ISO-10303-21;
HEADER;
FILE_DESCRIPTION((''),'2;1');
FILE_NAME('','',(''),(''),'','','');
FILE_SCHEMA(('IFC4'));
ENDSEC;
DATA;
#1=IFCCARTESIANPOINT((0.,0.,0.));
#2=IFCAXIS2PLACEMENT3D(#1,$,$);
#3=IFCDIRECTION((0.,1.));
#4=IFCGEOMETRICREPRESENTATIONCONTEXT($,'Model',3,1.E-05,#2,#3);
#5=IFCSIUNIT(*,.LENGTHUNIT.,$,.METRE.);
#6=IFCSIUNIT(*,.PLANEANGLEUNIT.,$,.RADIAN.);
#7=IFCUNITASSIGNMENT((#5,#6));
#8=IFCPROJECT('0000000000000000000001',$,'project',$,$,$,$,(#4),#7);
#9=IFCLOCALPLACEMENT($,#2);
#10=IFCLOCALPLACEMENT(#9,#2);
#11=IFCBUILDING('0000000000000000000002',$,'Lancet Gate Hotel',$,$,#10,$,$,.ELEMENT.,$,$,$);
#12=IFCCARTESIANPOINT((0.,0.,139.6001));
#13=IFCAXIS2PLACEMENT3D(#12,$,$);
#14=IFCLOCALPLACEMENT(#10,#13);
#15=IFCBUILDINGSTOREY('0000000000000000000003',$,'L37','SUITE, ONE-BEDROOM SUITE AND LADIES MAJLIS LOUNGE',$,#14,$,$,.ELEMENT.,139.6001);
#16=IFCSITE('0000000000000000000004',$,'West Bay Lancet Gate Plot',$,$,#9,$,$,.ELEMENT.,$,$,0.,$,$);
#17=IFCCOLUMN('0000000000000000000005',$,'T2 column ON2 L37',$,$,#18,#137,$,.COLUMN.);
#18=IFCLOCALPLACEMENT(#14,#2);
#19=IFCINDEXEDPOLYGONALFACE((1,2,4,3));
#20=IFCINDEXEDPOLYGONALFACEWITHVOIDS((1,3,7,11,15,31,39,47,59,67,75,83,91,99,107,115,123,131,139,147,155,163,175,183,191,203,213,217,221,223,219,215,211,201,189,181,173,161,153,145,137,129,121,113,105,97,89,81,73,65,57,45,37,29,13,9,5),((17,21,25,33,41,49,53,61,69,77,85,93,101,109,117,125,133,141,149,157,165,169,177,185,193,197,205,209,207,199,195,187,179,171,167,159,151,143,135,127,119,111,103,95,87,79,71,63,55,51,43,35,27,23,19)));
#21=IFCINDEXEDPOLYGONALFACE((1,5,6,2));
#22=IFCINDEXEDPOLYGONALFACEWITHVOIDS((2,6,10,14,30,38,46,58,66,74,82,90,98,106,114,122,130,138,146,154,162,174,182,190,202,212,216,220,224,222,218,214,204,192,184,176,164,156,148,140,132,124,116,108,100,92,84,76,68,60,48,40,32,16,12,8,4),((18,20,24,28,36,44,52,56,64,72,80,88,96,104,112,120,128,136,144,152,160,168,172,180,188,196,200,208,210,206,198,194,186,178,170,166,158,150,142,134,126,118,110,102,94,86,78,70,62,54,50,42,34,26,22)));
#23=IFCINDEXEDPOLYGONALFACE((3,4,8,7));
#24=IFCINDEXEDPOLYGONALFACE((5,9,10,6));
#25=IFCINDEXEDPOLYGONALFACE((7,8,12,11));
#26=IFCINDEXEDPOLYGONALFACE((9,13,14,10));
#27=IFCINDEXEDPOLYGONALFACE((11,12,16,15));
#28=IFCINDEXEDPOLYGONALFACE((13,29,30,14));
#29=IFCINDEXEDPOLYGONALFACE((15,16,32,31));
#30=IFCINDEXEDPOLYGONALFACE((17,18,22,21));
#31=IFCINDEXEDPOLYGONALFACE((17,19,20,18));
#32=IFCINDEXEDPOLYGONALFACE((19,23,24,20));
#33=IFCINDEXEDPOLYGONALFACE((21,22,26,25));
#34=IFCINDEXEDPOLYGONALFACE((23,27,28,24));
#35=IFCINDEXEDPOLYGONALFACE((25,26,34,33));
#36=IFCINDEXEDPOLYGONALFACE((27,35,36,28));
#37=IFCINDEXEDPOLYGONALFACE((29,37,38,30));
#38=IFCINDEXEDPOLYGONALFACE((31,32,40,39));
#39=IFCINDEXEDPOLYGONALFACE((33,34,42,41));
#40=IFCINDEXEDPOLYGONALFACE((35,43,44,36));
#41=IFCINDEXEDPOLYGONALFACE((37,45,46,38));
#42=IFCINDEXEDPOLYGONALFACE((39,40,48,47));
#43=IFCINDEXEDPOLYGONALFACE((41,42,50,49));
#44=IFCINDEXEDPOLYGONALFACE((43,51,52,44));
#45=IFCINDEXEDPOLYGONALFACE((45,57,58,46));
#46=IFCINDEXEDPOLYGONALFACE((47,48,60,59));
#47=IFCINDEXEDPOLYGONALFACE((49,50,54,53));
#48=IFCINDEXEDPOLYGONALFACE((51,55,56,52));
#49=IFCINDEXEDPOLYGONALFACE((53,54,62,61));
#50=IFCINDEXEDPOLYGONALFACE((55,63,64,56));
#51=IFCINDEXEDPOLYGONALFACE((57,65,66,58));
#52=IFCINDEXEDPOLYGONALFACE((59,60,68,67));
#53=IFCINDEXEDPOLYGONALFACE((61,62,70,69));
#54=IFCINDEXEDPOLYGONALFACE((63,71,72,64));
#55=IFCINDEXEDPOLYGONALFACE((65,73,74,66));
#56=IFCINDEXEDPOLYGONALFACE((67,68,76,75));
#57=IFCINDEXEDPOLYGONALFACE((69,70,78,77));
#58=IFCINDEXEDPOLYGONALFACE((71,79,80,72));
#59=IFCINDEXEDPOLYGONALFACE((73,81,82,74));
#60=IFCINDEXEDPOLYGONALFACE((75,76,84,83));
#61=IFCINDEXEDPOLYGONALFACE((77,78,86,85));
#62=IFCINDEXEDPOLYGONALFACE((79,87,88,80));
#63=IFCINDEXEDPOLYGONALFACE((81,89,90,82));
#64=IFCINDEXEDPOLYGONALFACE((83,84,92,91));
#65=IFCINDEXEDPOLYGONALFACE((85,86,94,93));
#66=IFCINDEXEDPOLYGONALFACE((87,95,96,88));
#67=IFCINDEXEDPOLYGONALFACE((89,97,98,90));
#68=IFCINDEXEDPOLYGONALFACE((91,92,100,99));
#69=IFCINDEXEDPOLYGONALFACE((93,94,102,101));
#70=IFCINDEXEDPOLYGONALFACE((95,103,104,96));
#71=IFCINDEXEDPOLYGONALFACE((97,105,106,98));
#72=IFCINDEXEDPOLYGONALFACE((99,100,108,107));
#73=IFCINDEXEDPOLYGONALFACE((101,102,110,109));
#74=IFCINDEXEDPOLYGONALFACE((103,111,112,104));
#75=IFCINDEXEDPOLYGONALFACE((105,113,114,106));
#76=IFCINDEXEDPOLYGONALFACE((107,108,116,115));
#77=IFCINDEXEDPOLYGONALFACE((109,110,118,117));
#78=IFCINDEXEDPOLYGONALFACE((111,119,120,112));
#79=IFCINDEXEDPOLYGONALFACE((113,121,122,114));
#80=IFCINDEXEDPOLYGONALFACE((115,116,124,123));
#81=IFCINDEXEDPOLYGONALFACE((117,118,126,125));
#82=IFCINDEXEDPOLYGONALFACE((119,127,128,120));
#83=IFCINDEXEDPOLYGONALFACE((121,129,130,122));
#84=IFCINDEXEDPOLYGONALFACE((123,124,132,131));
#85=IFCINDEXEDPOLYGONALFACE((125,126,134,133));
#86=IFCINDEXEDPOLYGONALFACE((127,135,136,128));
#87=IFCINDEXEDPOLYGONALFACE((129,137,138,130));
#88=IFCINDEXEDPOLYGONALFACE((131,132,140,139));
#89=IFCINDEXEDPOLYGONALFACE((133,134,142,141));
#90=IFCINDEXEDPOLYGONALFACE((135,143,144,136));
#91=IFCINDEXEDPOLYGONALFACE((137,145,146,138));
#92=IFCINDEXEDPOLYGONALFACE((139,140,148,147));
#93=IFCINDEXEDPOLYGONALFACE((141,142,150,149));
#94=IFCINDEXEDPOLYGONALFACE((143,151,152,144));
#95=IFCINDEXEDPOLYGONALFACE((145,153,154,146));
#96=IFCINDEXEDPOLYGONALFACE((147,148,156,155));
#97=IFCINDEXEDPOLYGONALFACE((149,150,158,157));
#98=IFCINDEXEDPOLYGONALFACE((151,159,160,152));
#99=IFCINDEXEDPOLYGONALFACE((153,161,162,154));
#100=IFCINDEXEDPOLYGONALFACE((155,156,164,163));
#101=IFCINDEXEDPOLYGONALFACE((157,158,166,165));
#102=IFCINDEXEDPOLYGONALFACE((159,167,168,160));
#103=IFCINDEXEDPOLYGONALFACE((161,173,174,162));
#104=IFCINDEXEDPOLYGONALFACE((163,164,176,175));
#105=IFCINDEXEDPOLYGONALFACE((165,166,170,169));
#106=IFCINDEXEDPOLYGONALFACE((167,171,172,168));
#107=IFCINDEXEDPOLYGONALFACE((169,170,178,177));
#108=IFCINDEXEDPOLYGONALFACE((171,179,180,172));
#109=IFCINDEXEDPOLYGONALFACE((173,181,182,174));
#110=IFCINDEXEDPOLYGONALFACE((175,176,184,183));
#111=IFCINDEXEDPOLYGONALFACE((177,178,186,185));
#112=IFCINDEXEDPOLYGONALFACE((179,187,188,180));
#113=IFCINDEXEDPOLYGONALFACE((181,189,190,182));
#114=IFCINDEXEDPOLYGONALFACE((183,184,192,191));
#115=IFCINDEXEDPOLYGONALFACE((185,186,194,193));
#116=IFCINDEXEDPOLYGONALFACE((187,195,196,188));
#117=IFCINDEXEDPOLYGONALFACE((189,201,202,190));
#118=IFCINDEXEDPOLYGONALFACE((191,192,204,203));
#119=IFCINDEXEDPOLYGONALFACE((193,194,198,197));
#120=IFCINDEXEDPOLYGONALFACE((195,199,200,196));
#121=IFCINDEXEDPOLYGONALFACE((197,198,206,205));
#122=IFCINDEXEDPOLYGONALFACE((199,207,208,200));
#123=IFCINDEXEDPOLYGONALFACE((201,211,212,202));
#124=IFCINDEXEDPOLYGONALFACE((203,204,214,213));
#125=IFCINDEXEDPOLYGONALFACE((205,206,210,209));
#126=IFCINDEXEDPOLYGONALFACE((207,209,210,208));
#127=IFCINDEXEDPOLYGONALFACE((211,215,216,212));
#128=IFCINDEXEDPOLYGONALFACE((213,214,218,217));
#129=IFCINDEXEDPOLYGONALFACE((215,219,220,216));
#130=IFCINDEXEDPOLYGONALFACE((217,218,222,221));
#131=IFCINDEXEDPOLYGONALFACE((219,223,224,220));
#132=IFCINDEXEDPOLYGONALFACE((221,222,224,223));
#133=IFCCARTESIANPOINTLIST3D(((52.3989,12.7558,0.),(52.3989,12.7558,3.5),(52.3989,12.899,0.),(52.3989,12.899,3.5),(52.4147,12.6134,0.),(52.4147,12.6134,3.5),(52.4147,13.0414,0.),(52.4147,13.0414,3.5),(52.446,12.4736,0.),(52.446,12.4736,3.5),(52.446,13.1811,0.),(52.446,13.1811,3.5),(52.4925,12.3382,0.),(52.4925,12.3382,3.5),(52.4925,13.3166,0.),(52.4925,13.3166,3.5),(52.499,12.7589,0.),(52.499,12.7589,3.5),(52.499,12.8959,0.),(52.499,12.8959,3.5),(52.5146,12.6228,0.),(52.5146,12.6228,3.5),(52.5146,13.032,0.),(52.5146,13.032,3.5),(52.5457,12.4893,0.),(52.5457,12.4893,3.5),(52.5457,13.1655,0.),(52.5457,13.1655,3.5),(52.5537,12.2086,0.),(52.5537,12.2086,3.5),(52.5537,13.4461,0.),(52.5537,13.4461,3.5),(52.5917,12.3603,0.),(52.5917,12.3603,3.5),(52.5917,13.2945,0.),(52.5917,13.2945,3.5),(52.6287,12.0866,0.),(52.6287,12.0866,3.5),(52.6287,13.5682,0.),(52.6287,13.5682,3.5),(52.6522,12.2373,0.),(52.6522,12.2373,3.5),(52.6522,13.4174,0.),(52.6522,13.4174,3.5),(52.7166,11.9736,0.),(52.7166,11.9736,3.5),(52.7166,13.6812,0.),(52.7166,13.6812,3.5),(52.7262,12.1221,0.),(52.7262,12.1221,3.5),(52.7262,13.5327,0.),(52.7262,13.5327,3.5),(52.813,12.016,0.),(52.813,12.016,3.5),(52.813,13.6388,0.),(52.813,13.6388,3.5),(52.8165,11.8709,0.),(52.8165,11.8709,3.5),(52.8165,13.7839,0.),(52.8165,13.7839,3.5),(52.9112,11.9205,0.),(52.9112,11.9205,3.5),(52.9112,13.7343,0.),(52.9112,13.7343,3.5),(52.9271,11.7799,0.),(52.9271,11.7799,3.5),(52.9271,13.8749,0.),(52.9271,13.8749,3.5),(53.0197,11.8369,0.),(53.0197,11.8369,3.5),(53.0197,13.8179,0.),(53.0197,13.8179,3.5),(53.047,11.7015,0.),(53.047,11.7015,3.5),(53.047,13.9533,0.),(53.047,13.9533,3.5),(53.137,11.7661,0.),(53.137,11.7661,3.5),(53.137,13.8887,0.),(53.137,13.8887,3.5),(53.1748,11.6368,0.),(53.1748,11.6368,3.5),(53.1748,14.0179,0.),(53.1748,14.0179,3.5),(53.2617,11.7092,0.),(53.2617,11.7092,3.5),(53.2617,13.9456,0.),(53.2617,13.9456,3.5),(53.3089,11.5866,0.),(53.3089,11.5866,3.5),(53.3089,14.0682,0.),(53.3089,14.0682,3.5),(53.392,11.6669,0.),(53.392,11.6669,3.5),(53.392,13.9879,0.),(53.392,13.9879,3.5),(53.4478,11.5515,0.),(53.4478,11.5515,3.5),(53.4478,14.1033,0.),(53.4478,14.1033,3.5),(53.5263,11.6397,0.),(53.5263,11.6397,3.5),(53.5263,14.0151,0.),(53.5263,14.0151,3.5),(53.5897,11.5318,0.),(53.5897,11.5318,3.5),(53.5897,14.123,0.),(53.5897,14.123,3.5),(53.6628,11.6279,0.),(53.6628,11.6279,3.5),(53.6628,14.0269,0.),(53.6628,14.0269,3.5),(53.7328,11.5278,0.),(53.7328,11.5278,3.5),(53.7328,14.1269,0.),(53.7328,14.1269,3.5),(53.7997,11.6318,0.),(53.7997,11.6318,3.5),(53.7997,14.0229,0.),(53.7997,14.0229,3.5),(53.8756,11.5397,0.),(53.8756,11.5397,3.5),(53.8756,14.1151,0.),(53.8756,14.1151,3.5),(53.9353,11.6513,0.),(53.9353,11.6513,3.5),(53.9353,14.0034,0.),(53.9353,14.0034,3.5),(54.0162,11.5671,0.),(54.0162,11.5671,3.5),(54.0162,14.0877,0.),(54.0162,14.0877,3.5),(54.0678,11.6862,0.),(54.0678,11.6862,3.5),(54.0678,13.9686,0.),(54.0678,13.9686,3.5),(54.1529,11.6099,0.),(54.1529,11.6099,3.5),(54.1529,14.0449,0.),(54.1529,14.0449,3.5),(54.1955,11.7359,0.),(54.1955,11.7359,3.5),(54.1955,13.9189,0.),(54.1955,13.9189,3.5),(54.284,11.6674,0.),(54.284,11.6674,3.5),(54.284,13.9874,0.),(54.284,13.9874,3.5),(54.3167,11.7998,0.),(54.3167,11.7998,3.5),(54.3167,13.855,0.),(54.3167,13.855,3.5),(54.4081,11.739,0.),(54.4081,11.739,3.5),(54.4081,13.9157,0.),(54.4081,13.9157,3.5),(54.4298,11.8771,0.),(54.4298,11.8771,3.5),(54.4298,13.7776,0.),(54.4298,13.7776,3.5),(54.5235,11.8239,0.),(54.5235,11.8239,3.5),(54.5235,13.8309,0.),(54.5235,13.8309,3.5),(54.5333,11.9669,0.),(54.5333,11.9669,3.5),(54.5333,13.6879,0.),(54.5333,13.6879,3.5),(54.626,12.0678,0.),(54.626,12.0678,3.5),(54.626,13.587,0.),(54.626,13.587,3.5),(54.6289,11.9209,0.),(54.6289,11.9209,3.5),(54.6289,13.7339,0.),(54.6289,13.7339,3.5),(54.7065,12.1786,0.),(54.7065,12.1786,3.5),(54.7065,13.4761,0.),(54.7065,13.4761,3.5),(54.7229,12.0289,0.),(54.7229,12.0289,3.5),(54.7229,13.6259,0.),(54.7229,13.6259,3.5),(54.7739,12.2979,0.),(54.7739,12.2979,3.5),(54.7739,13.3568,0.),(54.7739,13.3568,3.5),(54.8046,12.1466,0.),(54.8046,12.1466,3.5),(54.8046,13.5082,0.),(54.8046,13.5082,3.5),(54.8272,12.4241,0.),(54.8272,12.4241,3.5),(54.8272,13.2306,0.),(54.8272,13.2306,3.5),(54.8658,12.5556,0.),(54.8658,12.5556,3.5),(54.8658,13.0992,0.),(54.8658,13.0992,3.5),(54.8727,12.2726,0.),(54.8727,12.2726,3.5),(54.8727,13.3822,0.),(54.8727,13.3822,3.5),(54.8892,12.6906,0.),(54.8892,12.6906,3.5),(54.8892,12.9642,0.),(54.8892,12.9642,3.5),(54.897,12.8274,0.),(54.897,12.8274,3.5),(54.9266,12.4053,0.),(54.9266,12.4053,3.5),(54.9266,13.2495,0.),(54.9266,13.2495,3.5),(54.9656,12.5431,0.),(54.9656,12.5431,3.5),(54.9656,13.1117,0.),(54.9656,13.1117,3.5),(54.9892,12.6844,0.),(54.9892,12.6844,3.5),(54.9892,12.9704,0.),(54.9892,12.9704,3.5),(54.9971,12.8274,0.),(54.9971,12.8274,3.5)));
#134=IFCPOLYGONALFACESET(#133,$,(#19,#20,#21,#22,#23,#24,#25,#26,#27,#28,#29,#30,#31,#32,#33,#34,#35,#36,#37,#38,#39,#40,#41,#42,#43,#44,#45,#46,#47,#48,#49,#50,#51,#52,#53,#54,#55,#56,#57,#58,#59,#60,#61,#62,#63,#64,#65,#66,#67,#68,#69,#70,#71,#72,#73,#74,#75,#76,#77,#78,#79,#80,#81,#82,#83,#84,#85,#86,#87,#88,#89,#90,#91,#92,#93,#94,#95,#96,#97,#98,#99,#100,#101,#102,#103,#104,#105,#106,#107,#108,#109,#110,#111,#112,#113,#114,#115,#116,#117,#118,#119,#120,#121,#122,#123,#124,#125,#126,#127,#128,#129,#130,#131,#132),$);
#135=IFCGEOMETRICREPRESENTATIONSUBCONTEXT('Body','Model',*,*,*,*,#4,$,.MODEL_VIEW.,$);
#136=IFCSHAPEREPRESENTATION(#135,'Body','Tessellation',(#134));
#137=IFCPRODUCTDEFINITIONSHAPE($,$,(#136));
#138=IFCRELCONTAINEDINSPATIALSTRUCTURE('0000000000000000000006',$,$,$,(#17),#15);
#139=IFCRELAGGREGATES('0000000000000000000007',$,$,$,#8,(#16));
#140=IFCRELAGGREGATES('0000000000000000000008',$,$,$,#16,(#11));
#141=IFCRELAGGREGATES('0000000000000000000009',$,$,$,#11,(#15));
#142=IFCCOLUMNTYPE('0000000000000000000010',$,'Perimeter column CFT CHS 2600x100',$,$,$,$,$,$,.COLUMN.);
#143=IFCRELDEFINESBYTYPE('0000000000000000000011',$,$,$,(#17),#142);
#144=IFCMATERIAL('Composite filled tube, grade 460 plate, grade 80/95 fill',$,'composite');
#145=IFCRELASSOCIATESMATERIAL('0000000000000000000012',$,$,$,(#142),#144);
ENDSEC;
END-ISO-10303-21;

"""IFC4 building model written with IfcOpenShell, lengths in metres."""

from ifc_helpers import new_model, si_unit, direction, frame, origin, origin_2d, place, context, subcontext, project, spatial, hollow_circle, extrude, material, material_profile, profile_set, type_object, element, save


model = new_model("IFC4")

# Units and contexts
model_context = context("Model", 3, precision=1e-05, world=origin(), true_north=direction((0.0, 1.0)))
body_context = subcontext(model_context, "Body", "Model", "MODEL_VIEW")
ifc_project = project(units=[si_unit("LENGTHUNIT", "METRE"), si_unit("PLANEANGLEUNIT", "RADIAN")], contexts=[model_context])

# Site, building, storey
site_placement = place(None, origin())
site = spatial("IfcSite", under=ifc_project, at=site_placement, Name="West Bay Lancet Gate Plot", CompositionType="ELEMENT", RefElevation=0.0)
building_placement = place(site_placement, origin())
building = spatial("IfcBuilding", under=site, at=building_placement, Name="Lancet Gate Hotel", CompositionType="ELEMENT")
storey_placement = place(building_placement, frame((0.0, 0.0, 139.6001)))
storey = spatial("IfcBuildingStorey", under=building, at=storey_placement, Name="L37", Description="SUITE, ONE-BEDROOM SUITE AND LADIES MAJLIS LOUNGE", CompositionType="ELEMENT", Elevation=139.6001)

# Column
ifc_material_1 = material(Name="Composite filled tube, grade 460 plate, grade 80/95 fill", Category="composite")
ifc_material_profile_1 = material_profile(ifc_material_1, hollow_circle(Radius=1.3, WallThickness=0.1001, at=origin_2d()), Name="CHS 2600x100")
ifc_profile_set_1 = profile_set([ifc_material_profile_1], Name="Composite filled tube, grade 460 plate, grade 80/95 fill")
column_type = type_object("IfcColumnType", Name="Perimeter column CFT CHS 2600x100", PredefinedType="COLUMN", material=ifc_profile_set_1)
for number, where, z_axis, x_axis, name in (
    (1, (53.697, 12.8274, 0.0), (0.0, 0.0, 1.0), (1.0, 0.0, 0.0), "T2 column ON2 L37"),
):
    element("IfcColumn", number, at=place(storey_placement, frame(where, z_axis=z_axis, x_axis=x_axis)), inside=storey, type_object=column_type, Name=name, PredefinedType="COLUMN", context=body_context, shape_type="SweptSolid", body=[
        extrude(hollow_circle(Radius=1.3, WallThickness=0.1001, at=origin_2d()), origin(), (0.0, 0.0, 1.0), 3.5),
    ])

save(model, "model.ifc")
